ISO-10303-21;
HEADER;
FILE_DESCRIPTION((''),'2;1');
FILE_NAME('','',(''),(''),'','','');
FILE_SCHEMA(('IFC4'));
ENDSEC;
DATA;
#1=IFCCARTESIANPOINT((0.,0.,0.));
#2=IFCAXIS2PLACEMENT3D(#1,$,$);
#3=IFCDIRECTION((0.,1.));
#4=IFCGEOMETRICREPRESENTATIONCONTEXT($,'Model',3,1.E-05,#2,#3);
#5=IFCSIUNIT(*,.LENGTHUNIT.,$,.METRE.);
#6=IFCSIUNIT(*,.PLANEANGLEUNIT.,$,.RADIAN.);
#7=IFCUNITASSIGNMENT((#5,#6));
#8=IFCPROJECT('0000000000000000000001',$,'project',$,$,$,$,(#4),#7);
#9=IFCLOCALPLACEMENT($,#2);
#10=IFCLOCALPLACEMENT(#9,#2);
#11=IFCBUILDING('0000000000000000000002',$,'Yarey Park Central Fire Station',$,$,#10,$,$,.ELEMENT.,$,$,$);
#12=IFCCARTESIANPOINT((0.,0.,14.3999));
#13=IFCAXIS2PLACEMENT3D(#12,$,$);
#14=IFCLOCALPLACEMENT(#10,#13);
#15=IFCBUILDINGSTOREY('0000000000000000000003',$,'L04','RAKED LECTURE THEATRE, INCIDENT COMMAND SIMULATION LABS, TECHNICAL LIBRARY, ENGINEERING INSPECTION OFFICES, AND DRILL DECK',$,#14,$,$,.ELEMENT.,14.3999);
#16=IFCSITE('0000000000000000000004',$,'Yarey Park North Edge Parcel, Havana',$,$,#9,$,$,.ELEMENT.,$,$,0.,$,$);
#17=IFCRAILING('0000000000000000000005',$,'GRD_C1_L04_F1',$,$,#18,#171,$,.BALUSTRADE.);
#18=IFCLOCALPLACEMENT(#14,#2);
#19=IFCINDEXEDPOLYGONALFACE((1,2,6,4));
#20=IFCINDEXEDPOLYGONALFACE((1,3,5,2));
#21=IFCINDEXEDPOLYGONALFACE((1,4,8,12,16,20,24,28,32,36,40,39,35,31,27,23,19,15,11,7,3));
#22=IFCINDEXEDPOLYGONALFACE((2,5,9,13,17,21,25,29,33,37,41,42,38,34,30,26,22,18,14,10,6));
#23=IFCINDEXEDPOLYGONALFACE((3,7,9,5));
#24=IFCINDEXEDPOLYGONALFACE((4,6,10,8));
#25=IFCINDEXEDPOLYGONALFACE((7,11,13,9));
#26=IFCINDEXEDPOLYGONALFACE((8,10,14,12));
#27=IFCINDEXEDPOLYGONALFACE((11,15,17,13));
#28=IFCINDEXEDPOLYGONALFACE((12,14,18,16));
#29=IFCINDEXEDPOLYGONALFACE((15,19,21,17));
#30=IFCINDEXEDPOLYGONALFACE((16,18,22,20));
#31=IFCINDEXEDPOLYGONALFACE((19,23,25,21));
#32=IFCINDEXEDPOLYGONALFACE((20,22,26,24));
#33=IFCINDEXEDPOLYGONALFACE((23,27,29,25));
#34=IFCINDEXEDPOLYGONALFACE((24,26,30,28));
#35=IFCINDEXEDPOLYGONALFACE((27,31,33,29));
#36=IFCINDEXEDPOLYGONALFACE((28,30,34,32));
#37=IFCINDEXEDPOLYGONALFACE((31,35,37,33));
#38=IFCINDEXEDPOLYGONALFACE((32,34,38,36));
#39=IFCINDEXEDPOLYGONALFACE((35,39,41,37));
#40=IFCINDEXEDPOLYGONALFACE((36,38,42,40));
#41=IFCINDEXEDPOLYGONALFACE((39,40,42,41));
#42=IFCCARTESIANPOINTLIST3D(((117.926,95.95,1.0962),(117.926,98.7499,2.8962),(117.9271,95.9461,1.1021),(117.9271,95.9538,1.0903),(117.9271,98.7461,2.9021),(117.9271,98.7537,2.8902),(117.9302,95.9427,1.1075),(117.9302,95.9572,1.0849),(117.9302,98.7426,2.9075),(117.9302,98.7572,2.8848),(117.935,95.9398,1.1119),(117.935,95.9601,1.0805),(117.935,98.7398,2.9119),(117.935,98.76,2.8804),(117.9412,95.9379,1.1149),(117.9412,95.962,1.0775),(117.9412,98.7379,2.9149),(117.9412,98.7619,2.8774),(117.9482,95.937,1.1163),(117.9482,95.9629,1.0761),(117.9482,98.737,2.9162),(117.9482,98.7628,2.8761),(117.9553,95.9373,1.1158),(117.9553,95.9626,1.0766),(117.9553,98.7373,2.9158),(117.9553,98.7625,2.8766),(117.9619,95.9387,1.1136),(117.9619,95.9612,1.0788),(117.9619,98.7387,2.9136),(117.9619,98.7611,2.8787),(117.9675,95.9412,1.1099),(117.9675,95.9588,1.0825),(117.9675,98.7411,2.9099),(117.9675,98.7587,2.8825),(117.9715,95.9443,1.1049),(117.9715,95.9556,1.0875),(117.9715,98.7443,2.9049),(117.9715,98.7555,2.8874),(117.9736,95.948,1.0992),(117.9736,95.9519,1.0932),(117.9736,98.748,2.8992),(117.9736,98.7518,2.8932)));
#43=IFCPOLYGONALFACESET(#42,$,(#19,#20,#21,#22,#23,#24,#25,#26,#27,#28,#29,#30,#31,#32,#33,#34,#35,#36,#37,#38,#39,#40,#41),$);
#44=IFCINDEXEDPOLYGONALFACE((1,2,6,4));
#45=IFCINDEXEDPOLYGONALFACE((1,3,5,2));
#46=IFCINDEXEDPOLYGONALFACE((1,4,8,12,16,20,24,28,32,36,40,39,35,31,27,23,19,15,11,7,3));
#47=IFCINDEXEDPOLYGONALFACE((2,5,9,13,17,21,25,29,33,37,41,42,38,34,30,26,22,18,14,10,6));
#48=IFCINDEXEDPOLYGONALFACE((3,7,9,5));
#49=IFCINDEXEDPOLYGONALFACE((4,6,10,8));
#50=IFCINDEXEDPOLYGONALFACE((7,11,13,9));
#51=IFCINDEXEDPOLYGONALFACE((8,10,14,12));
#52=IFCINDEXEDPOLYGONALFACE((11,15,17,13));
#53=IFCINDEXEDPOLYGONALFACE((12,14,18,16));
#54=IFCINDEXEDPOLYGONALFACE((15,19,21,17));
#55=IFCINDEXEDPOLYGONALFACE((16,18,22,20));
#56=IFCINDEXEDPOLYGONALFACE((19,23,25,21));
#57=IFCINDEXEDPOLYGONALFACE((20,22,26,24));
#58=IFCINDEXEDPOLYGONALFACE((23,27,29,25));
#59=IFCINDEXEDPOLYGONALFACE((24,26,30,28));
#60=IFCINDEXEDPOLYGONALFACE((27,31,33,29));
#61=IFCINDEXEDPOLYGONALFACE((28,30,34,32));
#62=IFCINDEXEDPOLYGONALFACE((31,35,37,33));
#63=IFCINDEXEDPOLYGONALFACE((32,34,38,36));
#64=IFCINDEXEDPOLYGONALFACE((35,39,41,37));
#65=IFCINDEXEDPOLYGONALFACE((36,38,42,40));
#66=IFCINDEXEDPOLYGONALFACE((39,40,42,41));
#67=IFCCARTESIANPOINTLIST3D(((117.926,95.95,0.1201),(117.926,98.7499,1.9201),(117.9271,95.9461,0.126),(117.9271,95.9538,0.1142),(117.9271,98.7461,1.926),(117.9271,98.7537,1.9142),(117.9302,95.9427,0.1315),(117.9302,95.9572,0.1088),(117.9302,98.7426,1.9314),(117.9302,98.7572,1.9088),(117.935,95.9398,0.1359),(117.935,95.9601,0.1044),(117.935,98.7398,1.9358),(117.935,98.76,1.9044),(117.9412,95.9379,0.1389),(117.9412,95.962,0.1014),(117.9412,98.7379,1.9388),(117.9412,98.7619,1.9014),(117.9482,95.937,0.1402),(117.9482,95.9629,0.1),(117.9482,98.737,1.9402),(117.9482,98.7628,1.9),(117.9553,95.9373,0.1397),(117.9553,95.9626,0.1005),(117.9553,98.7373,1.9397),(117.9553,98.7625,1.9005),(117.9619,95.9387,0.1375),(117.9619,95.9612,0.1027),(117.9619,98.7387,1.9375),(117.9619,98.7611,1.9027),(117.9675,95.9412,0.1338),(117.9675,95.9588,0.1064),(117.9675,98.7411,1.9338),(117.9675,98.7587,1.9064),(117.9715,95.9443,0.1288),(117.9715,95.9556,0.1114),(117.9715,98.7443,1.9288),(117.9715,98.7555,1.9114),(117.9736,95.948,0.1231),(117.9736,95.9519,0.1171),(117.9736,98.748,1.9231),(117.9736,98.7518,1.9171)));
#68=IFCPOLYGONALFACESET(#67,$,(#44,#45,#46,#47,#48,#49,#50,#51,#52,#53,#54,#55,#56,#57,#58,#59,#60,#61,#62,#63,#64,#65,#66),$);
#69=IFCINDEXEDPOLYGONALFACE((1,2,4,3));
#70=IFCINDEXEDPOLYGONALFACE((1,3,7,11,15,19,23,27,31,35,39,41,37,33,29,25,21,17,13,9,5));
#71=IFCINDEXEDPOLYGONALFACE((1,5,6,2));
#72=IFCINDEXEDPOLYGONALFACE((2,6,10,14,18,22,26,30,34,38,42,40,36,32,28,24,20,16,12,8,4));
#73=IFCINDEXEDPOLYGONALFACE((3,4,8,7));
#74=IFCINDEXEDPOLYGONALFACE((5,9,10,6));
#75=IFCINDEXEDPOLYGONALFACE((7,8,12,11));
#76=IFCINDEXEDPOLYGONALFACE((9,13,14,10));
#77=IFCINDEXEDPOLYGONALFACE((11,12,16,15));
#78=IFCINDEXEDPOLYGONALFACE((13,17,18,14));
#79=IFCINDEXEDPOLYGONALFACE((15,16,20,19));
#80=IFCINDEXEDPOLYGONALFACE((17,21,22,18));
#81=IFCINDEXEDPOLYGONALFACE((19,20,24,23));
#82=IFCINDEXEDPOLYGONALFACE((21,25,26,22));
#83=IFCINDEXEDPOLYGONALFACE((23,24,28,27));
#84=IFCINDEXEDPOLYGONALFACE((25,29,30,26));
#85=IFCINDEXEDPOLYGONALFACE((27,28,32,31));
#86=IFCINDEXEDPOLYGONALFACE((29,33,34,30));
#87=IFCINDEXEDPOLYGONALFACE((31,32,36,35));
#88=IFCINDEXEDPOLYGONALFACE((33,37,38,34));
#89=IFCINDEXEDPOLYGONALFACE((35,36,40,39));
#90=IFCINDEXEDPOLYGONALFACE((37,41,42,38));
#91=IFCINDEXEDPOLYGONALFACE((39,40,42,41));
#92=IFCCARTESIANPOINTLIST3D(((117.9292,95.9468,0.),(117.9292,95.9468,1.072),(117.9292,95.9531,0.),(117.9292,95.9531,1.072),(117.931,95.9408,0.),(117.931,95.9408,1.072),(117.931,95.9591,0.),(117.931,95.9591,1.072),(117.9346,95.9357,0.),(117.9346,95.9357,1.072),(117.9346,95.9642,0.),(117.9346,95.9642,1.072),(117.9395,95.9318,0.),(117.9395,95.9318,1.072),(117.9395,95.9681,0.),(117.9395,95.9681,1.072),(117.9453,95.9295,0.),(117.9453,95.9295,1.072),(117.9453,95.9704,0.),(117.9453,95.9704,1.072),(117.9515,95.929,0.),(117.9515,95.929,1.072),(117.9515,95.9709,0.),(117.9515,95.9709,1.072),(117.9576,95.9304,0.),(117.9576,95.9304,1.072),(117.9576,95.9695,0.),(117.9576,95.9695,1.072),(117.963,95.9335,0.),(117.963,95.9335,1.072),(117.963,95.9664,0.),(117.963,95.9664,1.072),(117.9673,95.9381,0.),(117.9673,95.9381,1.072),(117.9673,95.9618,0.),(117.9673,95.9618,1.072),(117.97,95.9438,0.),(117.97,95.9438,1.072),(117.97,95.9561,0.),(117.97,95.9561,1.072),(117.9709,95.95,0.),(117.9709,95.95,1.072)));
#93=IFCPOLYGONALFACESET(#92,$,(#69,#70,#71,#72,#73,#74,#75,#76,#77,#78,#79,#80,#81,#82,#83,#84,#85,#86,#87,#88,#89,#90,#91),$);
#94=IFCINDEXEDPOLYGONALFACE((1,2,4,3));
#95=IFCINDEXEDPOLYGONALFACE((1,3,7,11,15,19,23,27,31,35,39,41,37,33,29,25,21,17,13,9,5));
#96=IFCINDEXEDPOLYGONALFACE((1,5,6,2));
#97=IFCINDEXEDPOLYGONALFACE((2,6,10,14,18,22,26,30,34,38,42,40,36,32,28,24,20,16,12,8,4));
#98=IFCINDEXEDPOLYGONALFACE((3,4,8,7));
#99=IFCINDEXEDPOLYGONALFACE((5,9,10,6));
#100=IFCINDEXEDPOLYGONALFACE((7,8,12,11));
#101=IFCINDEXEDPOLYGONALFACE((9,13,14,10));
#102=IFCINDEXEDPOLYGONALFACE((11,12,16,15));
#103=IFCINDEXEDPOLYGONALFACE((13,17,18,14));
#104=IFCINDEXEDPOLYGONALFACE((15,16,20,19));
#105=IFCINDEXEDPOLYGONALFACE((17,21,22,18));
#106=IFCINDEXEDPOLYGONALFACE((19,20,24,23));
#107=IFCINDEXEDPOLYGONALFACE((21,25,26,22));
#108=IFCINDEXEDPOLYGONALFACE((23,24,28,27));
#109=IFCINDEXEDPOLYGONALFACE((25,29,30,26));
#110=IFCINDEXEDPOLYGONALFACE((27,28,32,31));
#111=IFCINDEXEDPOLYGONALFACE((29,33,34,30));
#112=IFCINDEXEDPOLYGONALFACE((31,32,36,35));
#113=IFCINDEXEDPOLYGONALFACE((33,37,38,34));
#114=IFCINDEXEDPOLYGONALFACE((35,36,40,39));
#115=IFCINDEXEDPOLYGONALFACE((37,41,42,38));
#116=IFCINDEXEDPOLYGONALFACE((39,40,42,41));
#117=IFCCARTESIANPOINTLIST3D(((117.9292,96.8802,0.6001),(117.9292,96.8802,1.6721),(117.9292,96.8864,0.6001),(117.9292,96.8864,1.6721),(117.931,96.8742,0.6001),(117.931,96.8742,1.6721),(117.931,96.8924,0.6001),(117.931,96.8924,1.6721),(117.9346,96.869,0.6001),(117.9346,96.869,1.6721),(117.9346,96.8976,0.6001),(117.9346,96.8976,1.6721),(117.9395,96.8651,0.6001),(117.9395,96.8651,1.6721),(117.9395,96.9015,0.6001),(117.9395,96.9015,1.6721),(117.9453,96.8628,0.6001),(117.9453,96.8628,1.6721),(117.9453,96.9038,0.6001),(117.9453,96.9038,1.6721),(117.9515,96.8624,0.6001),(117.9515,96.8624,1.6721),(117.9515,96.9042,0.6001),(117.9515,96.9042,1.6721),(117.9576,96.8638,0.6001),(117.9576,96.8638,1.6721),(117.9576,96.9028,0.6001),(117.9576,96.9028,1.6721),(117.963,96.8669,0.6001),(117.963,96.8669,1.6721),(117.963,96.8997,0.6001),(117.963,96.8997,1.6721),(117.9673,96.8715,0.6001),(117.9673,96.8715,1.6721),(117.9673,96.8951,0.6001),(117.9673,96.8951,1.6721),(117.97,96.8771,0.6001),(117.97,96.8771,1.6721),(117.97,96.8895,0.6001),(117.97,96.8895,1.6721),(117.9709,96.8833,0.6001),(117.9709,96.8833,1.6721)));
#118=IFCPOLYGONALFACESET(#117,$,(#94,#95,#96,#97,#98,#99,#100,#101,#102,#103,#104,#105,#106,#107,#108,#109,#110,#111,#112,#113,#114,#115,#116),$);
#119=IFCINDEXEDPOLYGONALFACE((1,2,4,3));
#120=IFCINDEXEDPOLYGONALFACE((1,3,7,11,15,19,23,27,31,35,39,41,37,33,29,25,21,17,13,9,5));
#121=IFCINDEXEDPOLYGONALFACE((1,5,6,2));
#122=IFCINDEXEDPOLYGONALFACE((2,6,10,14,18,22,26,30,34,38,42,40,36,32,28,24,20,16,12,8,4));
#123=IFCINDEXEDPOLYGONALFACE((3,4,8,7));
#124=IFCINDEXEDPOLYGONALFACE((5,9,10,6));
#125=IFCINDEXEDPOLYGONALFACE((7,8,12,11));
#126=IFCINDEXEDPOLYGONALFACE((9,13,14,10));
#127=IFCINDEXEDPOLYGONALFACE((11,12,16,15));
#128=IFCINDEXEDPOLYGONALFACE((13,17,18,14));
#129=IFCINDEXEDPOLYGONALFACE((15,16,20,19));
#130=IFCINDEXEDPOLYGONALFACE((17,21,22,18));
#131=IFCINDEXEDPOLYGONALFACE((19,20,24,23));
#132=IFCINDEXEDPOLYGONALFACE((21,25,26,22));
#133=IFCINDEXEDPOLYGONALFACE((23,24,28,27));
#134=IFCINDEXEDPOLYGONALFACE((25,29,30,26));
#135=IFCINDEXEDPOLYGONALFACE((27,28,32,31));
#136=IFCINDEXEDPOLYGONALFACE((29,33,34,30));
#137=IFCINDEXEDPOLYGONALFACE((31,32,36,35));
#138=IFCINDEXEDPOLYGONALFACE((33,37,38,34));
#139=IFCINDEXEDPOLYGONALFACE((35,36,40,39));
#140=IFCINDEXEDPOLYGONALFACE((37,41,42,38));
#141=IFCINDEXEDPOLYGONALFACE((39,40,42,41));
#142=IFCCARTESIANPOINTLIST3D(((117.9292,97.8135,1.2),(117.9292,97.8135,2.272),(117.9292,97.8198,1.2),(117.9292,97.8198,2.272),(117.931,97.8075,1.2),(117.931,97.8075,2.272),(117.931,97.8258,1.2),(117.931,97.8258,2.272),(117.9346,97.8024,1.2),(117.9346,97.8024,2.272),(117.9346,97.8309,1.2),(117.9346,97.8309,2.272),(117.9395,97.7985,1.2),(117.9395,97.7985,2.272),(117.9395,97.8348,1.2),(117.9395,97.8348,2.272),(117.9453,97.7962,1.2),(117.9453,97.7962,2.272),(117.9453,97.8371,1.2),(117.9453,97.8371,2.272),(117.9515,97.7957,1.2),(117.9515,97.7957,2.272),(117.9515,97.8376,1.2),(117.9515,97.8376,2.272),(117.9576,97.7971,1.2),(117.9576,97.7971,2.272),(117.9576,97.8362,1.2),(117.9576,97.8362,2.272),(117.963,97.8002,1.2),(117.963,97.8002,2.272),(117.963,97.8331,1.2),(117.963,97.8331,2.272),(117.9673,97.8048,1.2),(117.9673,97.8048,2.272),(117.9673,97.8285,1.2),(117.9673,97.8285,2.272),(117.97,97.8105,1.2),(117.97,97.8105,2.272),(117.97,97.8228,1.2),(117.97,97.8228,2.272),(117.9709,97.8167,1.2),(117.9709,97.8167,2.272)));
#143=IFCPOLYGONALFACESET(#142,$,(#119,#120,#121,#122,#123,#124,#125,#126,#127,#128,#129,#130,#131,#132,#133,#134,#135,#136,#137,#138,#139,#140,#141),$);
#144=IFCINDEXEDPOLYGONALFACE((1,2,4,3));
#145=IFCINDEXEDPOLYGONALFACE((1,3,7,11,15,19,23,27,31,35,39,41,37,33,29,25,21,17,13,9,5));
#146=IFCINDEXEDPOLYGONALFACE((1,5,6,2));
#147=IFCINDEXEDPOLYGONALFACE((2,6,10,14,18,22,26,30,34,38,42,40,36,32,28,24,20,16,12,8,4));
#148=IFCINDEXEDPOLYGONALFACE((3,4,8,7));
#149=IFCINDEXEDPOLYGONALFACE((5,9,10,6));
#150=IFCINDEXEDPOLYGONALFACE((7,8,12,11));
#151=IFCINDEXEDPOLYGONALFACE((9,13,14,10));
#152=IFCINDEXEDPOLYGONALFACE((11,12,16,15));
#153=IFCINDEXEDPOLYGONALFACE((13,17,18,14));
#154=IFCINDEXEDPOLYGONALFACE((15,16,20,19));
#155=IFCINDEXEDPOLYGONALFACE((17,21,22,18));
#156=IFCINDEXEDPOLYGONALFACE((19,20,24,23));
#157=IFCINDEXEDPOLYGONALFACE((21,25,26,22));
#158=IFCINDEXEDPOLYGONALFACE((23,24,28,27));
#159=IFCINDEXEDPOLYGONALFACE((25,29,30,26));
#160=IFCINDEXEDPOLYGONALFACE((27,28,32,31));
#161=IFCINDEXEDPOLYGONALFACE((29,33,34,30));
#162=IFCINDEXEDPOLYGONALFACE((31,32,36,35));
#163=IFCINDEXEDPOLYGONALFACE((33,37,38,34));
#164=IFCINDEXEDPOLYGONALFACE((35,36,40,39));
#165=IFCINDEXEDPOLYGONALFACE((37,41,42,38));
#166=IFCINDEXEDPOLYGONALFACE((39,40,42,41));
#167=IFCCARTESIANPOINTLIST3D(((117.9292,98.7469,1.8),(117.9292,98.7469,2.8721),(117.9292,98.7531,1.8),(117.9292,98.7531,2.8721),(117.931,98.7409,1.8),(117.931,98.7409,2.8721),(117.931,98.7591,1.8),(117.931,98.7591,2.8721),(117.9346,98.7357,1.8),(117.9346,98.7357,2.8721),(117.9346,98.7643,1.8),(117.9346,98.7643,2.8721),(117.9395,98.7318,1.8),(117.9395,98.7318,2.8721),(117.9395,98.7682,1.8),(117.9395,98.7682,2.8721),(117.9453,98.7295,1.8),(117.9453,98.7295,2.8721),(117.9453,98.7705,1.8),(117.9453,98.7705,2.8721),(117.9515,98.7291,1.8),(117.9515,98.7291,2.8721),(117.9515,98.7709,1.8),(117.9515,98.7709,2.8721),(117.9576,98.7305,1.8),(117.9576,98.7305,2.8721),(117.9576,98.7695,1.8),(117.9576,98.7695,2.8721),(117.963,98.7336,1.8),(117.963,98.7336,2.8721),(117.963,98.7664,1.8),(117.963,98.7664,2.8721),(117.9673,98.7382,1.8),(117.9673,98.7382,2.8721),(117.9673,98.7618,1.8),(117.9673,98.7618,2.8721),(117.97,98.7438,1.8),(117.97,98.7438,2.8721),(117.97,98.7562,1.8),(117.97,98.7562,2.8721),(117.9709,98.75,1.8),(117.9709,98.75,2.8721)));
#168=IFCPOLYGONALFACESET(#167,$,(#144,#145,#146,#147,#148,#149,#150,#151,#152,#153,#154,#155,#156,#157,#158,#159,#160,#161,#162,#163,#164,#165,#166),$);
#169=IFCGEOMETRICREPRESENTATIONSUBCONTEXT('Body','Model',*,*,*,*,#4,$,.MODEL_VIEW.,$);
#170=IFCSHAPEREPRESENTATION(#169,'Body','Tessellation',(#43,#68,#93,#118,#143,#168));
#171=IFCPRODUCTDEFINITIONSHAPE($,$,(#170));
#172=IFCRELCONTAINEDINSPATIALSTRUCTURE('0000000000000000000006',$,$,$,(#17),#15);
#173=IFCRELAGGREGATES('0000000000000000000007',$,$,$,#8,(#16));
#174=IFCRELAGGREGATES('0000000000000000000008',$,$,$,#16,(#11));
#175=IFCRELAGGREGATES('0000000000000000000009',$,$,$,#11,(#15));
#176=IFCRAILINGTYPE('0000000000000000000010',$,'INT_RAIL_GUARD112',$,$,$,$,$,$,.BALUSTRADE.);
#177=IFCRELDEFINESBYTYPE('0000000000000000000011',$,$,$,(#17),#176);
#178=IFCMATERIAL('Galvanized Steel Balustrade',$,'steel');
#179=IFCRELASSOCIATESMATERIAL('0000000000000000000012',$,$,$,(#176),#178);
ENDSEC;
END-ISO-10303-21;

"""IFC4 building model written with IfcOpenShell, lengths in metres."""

from ifc_helpers import new_model, si_unit, direction, frame, origin, origin_2d, place, context, subcontext, project, spatial, circle, extrude, material, type_object, element, save


model = new_model("IFC4")

# Units and contexts
model_context = context("Model", 3, precision=1e-05, world=origin(), true_north=direction((0.0, 1.0)))
body_context = subcontext(model_context, "Body", "Model", "MODEL_VIEW")
ifc_project = project(units=[si_unit("LENGTHUNIT", "METRE"), si_unit("PLANEANGLEUNIT", "RADIAN")], contexts=[model_context])

# Site, building, storey
site_placement = place(None, origin())
site = spatial("IfcSite", under=ifc_project, at=site_placement, Name="Yarey Park North Edge Parcel, Havana", CompositionType="ELEMENT", RefElevation=0.0)
building_placement = place(site_placement, origin())
building = spatial("IfcBuilding", under=site, at=building_placement, Name="Yarey Park Central Fire Station", CompositionType="ELEMENT")
storey_placement = place(building_placement, frame((0.0, 0.0, 14.3999)))
storey = spatial("IfcBuildingStorey", under=building, at=storey_placement, Name="L04", Description="RAKED LECTURE THEATRE, INCIDENT COMMAND SIMULATION LABS, TECHNICAL LIBRARY, ENGINEERING INSPECTION OFFICES, AND DRILL DECK", CompositionType="ELEMENT", Elevation=14.3999)

# Railing
ifc_material_1 = material(Name="Galvanized Steel Balustrade", Category="steel")
railing_type_1 = type_object("IfcRailingType", Name="INT_RAIL_GUARD112", PredefinedType="BALUSTRADE", material=ifc_material_1)
railing_1_placement = place(storey_placement, frame((117.95, 95.95, 0.0)))
element("IfcRailing", 1, at=railing_1_placement, inside=storey, type_object=railing_type_1, Name="GRD_C1_L04_F1", PredefinedType="BALUSTRADE", context=body_context, shape_type="SweptSolid", body=[
    extrude(circle(Radius=0.0239, at=origin_2d()), frame((0.0, 0.0, 1.0962), z_axis=(0.0, 0.841176, 0.540761), x_axis=(-1.0, 0.0, 0.0)), (0.0, 0.0, 1.0), 3.3286),
    extrude(circle(Radius=0.0239, at=origin_2d()), frame((0.0, 0.0, 0.1201), z_axis=(0.0, 0.841176, 0.540761), x_axis=(-1.0, 0.0, 0.0)), (0.0, 0.0, 1.0), 3.3286),
    extrude(circle(Radius=0.021, at=origin_2d()), origin(), (0.0, 0.0, 1.0), 1.072),
    extrude(circle(Radius=0.021, at=origin_2d()), frame((0.0, 0.9333, 0.6001)), (0.0, 0.0, 1.0), 1.072),
    extrude(circle(Radius=0.021, at=origin_2d()), frame((0.0, 1.8667, 1.2)), (0.0, 0.0, 1.0), 1.072),
    extrude(circle(Radius=0.021, at=origin_2d()), frame((0.0, 2.8, 1.8)), (0.0, 0.0, 1.0), 1.072),
])

save(model, "model.ifc")
